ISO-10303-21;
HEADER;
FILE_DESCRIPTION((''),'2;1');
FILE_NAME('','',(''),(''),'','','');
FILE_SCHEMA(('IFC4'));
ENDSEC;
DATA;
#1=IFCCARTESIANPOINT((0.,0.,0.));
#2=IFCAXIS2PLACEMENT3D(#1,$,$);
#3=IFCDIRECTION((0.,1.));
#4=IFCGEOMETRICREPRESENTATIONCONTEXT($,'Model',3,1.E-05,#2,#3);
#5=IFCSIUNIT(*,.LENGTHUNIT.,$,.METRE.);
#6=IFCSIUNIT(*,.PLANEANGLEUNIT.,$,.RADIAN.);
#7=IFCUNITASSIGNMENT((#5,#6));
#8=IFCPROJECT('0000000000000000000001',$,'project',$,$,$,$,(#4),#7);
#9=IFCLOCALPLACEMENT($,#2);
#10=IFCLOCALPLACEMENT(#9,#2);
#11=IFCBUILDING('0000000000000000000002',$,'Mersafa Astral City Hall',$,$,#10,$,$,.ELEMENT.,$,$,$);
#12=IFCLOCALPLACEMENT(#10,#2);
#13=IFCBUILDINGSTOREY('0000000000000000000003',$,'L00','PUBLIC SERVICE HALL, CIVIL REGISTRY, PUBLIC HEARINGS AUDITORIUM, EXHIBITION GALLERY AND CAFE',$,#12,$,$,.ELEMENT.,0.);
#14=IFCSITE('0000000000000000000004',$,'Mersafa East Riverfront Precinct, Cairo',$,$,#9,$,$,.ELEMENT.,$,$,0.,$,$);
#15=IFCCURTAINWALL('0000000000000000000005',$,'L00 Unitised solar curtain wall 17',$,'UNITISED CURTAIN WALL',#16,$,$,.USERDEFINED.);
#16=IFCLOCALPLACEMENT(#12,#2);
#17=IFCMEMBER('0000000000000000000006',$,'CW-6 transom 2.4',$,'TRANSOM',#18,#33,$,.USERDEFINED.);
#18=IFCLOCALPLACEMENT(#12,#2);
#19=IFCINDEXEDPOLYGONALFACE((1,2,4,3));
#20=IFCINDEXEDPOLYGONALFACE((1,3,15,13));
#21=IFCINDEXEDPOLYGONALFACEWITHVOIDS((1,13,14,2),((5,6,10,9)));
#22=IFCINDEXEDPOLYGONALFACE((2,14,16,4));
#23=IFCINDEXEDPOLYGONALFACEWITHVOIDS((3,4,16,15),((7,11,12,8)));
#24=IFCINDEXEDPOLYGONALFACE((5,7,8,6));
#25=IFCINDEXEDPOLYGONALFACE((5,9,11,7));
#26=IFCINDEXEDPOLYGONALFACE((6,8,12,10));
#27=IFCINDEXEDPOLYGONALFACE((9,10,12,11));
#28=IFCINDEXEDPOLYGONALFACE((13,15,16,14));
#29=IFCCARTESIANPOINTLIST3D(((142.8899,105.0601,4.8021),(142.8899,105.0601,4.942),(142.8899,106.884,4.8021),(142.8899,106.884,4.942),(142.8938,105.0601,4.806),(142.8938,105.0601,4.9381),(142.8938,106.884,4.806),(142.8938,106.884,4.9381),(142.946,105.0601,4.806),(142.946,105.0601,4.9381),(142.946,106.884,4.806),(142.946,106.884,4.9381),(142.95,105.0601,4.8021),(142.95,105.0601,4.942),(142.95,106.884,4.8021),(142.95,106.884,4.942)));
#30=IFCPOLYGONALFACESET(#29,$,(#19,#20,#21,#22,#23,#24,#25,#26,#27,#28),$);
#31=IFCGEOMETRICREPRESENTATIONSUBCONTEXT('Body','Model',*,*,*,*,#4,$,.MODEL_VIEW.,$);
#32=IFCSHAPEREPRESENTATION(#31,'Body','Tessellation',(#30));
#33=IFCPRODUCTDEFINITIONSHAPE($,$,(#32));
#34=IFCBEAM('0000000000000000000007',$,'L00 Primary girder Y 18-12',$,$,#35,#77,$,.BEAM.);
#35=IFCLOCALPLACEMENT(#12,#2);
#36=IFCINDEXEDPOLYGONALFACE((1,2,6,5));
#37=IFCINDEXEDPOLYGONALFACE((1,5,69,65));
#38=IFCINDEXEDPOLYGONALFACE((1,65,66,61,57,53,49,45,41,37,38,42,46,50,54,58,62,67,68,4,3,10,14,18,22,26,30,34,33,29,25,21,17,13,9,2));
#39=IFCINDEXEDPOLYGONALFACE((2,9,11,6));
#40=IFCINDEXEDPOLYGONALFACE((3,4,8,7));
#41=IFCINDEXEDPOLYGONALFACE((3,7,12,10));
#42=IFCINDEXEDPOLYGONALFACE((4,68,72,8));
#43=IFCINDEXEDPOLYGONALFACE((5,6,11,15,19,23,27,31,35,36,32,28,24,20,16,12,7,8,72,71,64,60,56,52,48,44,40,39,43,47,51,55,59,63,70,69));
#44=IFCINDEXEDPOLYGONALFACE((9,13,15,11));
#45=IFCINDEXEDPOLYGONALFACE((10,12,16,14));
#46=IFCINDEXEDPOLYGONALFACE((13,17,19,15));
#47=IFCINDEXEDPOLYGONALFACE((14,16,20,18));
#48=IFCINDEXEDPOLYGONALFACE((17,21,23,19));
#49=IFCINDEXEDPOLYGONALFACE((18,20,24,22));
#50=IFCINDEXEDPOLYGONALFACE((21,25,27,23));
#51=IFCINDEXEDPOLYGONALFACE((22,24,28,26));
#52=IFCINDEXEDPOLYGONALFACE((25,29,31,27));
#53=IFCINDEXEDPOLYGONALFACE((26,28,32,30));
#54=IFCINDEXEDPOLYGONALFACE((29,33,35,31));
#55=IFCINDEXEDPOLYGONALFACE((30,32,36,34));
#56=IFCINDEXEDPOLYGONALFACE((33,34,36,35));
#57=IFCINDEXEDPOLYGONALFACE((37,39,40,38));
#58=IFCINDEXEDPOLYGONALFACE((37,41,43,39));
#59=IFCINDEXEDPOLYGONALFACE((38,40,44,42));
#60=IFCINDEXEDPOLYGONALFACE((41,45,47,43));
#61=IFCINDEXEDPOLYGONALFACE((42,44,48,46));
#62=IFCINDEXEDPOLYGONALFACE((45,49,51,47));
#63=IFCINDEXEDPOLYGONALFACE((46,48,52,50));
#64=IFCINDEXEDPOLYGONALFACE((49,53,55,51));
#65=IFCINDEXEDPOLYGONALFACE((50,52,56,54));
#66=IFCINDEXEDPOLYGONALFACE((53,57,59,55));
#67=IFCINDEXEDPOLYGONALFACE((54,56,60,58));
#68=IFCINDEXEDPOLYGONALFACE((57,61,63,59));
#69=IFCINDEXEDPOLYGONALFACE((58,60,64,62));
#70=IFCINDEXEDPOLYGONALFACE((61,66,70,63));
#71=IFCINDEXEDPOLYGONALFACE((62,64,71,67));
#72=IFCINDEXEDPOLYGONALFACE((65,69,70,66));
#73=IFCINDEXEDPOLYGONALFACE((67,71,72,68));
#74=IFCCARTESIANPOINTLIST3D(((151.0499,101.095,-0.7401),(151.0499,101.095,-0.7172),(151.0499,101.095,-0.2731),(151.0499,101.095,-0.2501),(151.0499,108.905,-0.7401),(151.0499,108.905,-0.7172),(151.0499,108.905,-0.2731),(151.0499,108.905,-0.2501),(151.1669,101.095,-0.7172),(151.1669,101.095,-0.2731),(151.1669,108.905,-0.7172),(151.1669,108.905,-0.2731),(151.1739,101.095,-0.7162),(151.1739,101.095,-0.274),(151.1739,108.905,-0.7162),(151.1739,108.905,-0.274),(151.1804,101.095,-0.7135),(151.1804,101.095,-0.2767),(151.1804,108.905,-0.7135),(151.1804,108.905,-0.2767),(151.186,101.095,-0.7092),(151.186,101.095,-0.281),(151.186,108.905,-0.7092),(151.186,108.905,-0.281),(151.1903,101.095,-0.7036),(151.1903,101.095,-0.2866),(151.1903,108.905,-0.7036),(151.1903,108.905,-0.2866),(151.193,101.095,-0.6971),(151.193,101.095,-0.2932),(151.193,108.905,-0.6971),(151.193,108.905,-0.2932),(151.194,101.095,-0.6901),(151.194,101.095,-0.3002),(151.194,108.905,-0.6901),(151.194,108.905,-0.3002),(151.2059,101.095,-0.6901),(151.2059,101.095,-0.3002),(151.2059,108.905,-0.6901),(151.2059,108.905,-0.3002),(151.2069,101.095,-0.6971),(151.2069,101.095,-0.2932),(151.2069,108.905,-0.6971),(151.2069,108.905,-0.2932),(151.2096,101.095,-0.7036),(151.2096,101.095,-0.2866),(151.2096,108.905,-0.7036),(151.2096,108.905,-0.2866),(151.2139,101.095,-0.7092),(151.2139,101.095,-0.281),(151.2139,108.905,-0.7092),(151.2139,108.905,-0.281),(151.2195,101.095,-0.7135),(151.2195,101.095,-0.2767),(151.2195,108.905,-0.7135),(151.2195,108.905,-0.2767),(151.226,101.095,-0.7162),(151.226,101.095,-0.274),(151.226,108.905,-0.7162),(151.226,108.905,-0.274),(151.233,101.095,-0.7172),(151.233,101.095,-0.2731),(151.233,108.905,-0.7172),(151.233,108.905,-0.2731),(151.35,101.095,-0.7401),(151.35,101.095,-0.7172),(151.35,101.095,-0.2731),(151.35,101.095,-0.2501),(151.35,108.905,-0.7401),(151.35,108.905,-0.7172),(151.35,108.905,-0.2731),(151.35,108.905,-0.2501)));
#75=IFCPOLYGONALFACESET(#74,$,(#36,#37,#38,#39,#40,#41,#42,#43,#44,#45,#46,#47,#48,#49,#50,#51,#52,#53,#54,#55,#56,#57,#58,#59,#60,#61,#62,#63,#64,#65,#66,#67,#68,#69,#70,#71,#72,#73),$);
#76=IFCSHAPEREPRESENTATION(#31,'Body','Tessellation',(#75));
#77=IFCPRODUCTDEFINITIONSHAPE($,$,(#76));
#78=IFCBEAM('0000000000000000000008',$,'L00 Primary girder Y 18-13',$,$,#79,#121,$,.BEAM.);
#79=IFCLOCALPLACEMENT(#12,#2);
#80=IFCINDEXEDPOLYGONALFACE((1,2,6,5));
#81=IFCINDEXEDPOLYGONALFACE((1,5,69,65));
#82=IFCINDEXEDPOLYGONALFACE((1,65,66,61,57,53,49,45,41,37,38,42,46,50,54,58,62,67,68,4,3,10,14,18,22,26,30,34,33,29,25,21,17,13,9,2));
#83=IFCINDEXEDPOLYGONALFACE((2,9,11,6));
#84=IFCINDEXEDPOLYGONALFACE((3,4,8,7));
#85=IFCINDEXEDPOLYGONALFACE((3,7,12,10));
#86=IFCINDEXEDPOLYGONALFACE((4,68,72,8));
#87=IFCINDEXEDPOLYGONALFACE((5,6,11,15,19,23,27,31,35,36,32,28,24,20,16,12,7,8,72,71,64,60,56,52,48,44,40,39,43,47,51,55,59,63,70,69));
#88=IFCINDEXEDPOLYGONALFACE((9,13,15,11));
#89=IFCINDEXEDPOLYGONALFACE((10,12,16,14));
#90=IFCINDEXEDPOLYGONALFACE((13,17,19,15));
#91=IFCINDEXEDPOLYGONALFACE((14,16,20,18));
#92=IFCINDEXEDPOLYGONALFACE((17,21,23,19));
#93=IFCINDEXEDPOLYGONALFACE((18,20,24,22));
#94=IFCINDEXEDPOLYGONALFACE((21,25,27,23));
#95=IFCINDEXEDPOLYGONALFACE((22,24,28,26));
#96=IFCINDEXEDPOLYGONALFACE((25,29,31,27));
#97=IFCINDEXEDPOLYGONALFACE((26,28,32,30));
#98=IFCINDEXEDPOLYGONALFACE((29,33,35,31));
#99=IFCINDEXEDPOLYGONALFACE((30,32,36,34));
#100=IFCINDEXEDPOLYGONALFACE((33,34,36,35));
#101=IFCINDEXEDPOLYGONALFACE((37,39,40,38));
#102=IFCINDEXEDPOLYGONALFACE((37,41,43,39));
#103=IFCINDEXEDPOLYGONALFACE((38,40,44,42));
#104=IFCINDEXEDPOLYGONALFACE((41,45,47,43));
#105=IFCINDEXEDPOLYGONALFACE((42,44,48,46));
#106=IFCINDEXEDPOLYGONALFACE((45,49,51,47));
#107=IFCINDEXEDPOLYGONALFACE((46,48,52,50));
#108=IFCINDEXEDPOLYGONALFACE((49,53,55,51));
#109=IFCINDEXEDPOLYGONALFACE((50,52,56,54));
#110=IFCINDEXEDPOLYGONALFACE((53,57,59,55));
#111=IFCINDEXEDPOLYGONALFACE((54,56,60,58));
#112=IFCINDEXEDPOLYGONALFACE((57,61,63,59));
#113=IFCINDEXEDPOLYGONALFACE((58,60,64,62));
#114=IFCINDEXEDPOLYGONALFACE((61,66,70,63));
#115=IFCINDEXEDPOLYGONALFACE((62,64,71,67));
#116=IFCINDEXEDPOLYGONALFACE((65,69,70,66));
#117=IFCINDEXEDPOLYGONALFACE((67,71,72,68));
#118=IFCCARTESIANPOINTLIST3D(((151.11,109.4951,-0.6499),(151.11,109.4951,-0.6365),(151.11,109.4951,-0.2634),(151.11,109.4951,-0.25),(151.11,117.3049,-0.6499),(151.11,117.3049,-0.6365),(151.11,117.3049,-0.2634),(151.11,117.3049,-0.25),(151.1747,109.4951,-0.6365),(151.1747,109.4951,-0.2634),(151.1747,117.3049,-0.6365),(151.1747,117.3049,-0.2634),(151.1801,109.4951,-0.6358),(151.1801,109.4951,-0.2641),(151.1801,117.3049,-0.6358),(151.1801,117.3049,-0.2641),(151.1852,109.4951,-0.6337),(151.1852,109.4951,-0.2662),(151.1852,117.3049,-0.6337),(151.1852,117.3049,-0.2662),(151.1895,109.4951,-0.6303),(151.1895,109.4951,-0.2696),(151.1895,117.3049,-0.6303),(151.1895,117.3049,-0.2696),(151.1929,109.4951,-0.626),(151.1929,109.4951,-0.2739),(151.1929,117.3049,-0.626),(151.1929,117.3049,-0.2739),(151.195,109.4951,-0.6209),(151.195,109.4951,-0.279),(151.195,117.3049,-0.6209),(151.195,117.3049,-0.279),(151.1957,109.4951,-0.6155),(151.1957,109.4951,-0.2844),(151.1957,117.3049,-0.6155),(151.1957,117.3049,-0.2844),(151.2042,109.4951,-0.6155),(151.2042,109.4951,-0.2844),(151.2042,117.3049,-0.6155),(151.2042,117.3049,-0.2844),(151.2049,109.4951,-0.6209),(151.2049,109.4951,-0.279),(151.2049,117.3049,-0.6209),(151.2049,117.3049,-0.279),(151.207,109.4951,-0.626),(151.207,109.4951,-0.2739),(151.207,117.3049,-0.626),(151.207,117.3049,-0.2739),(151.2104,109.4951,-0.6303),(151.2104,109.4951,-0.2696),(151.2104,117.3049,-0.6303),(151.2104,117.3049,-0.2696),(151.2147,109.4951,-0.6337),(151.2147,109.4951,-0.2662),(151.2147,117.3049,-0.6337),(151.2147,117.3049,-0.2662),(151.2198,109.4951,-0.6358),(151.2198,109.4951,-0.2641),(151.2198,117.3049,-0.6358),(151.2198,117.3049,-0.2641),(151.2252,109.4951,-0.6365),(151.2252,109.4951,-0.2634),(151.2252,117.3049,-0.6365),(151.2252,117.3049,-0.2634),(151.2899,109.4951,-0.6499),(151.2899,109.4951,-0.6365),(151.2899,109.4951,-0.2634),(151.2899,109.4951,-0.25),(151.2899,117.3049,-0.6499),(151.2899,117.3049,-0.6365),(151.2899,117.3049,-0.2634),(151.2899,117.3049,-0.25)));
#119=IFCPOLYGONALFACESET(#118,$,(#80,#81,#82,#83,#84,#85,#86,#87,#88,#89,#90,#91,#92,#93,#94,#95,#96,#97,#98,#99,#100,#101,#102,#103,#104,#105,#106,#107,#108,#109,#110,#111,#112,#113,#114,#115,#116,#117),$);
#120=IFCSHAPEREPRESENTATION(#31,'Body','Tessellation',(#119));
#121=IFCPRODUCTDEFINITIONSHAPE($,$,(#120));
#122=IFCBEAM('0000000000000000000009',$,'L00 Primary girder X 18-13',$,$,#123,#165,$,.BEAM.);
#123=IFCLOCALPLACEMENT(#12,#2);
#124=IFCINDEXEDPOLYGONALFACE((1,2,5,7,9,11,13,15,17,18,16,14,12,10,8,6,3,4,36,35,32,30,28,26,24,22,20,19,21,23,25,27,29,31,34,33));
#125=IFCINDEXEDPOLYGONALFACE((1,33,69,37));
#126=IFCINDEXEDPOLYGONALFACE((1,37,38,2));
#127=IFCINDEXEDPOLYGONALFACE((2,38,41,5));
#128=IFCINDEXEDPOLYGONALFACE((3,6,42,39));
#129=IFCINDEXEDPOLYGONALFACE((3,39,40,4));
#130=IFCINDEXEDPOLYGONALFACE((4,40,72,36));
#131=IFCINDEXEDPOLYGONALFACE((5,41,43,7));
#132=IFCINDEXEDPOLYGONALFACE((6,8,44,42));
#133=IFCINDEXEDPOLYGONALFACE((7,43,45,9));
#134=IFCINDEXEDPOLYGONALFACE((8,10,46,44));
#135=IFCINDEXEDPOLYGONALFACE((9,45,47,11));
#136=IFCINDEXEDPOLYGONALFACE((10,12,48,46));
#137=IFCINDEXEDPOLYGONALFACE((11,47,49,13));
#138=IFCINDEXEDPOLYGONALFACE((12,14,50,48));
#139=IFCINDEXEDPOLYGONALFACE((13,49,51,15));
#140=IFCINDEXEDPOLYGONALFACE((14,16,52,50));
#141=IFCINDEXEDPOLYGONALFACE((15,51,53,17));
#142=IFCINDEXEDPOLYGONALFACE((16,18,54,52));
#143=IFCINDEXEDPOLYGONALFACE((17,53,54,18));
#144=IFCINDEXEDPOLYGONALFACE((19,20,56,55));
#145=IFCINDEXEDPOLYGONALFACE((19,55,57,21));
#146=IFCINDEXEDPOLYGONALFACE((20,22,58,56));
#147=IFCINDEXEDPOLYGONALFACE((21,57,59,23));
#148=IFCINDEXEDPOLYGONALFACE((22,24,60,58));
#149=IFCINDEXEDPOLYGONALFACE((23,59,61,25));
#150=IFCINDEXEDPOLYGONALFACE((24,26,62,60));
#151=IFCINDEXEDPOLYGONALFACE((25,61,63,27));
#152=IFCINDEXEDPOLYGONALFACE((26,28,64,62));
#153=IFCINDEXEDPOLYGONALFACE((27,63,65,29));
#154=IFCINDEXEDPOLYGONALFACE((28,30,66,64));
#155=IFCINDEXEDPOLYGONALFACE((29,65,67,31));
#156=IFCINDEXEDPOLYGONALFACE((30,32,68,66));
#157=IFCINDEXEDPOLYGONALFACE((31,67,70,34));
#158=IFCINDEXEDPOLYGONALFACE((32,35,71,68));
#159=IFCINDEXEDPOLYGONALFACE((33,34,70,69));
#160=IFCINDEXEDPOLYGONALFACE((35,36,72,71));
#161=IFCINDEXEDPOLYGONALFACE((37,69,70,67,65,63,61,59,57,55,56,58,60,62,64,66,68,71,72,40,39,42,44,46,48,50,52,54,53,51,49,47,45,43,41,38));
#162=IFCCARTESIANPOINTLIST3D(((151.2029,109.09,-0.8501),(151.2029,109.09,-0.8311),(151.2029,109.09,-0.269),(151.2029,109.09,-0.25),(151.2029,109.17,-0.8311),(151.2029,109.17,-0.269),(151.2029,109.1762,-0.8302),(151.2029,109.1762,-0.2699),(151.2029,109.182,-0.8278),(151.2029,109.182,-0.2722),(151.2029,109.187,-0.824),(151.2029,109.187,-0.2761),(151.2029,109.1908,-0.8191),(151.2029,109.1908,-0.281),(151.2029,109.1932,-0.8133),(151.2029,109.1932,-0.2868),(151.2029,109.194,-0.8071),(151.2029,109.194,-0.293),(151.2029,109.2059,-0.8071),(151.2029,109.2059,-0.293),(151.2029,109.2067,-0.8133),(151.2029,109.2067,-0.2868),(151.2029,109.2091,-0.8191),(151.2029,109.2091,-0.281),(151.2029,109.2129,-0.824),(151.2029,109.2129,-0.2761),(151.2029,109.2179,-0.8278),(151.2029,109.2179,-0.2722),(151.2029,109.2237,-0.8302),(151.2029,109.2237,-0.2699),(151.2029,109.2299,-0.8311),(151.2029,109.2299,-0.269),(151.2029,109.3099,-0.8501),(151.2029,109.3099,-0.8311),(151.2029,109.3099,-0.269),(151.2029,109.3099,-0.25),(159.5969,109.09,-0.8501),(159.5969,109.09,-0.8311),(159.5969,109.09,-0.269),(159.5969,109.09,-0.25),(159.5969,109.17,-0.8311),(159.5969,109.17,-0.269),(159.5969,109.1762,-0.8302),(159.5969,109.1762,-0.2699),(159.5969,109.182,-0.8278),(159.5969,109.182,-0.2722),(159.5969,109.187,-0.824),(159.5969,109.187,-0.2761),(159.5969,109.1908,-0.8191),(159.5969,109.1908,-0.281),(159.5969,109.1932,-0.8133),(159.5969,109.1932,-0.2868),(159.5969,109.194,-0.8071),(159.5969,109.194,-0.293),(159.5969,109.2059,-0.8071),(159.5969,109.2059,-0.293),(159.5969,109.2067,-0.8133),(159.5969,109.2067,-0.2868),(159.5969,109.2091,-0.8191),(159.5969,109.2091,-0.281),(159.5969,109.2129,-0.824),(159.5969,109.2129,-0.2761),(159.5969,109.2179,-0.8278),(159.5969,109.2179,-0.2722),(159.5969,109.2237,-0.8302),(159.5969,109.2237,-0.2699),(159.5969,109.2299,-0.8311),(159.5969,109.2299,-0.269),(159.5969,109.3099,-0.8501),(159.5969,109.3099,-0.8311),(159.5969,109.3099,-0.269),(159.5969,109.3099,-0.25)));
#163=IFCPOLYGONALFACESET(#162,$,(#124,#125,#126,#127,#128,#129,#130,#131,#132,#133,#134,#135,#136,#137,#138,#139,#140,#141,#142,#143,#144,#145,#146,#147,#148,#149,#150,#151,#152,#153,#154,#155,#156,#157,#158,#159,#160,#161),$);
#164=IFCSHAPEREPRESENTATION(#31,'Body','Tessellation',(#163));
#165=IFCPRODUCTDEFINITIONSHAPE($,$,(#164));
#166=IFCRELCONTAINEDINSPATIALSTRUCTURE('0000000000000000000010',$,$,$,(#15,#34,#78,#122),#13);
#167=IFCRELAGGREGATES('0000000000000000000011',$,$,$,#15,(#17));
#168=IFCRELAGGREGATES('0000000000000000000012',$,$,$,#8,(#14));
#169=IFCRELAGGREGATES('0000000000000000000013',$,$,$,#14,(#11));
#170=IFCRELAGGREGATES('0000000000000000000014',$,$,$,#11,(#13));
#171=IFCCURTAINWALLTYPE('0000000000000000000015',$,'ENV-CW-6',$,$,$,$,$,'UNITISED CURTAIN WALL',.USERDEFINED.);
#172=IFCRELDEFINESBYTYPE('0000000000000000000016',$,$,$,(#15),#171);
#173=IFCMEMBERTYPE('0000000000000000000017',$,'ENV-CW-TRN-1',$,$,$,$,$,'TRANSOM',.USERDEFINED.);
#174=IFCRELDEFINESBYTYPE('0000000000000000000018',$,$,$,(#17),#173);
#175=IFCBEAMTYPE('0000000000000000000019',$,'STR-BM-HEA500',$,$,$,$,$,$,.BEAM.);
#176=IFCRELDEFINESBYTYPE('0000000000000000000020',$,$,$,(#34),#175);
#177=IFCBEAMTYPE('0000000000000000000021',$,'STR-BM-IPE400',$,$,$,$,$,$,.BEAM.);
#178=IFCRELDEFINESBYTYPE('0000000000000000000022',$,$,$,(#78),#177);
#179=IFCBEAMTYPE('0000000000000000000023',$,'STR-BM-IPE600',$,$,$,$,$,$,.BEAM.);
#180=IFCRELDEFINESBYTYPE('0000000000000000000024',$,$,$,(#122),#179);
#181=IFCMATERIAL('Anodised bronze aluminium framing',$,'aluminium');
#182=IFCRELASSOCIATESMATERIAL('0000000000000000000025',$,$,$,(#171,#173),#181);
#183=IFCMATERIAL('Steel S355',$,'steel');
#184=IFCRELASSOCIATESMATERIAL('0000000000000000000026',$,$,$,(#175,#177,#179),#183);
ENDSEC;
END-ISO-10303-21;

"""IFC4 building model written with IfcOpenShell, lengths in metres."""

from ifc_helpers import new_model, si_unit, direction, frame, origin, origin_2d, place, context, subcontext, project, spatial, hollow_rectangle, i_section, extrude, material, material_profile, profile_set, type_object, element, aggregate, save


model = new_model("IFC4")

# Units and contexts
model_context = context("Model", 3, precision=1e-05, world=origin(), true_north=direction((0.0, 1.0)))
body_context = subcontext(model_context, "Body", "Model", "MODEL_VIEW")
ifc_project = project(units=[si_unit("LENGTHUNIT", "METRE"), si_unit("PLANEANGLEUNIT", "RADIAN")], contexts=[model_context])

# Site, building, storey
site_placement = place(None, origin())
site = spatial("IfcSite", under=ifc_project, at=site_placement, Name="Mersafa East Riverfront Precinct, Cairo", CompositionType="ELEMENT", RefElevation=0.0)
building_placement = place(site_placement, origin())
building = spatial("IfcBuilding", under=site, at=building_placement, Name="Mersafa Astral City Hall", CompositionType="ELEMENT")
storey_placement = place(building_placement, origin())
storey = spatial("IfcBuildingStorey", under=building, at=storey_placement, Name="L00", Description="PUBLIC SERVICE HALL, CIVIL REGISTRY, PUBLIC HEARINGS AUDITORIUM, EXHIBITION GALLERY AND CAFE", CompositionType="ELEMENT", Elevation=0.0)

# Shared definitions
ifc_material_1 = material(Name="Steel S355", Category="steel")

# Shared definitions
ifc_material_2 = material(Name="Anodised bronze aluminium framing", Category="aluminium")

# Curtain wall, member
curtain_wall_type_1 = type_object("IfcCurtainWallType", Name="ENV-CW-6", ElementType="UNITISED CURTAIN WALL", PredefinedType="USERDEFINED", material=ifc_material_2)
curtain_wall_1_placement = place(storey_placement, origin())
curtain_wall_1 = element("IfcCurtainWall", 1, at=curtain_wall_1_placement, inside=storey, type_object=curtain_wall_type_1, Name="L00 Unitised solar curtain wall 17", ObjectType="UNITISED CURTAIN WALL", PredefinedType="USERDEFINED")
ifc_material_profile_1 = material_profile(ifc_material_2, hollow_rectangle(XDim=0.0601, YDim=0.1399, WallThickness=0.0039, at=origin_2d()), Name="RHS 60x140x4")
ifc_profile_set_1 = profile_set([ifc_material_profile_1], Name="Anodised bronze aluminium framing")
member_type_1 = type_object("IfcMemberType", Name="ENV-CW-TRN-1", ElementType="TRANSOM", PredefinedType="USERDEFINED", material=ifc_profile_set_1)
member_1_placement = place(storey_placement, frame((142.9199, 106.884, 4.8721), z_axis=(0.0, -1.0, 0.0), x_axis=(1.0, 0.0, 0.0)))
member_1 = element("IfcMember", 2, at=member_1_placement, type_object=member_type_1, Name="CW-6 transom 2.4", ObjectType="TRANSOM", PredefinedType="USERDEFINED", context=body_context, shape_type="SweptSolid", body=[
    extrude(hollow_rectangle(XDim=0.0601, YDim=0.1399, WallThickness=0.0039, at=origin_2d()), origin(), (0.0, 0.0, 1.0), 1.824),
])

# Beams
ifc_material_profile_2 = material_profile(ifc_material_1, i_section(OverallWidth=0.3, OverallDepth=0.49, WebThickness=0.012, FlangeThickness=0.0229, FilletRadius=0.0271, at=origin_2d()), Name="HEA 500")
ifc_profile_set_2 = profile_set([ifc_material_profile_2], Name="Steel S355")
beam_type_1 = type_object("IfcBeamType", Name="STR-BM-HEA500", PredefinedType="BEAM", material=ifc_profile_set_2)
beam_1_placement = place(storey_placement, frame((151.2, 101.095, -0.4951), z_axis=(0.0, 1.0, 0.0), x_axis=(-1.0, 0.0, 0.0)))
element("IfcBeam", 3, at=beam_1_placement, inside=storey, type_object=beam_type_1, Name="L00 Primary girder Y 18-12", PredefinedType="BEAM", context=body_context, shape_type="SweptSolid", body=[
    extrude(i_section(OverallWidth=0.3, OverallDepth=0.49, WebThickness=0.012, FlangeThickness=0.0229, FilletRadius=0.0271, at=origin_2d()), origin(), (0.0, 0.0, 1.0), 7.8101),
])
ifc_material_profile_3 = material_profile(ifc_material_1, i_section(OverallWidth=0.1799, OverallDepth=0.3999, WebThickness=0.0085, FlangeThickness=0.0134, FilletRadius=0.021, at=origin_2d()), Name="IPE 400")
ifc_profile_set_3 = profile_set([ifc_material_profile_3], Name="Steel S355")
beam_type_2 = type_object("IfcBeamType", Name="STR-BM-IPE400", PredefinedType="BEAM", material=ifc_profile_set_3)
beam_2_placement = place(storey_placement, frame((151.2, 109.4951, -0.45), z_axis=(0.0, 1.0, 0.0), x_axis=(-1.0, 0.0, 0.0)))
element("IfcBeam", 4, at=beam_2_placement, inside=storey, type_object=beam_type_2, Name="L00 Primary girder Y 18-13", PredefinedType="BEAM", context=body_context, shape_type="SweptSolid", body=[
    extrude(i_section(OverallWidth=0.1799, OverallDepth=0.3999, WebThickness=0.0085, FlangeThickness=0.0134, FilletRadius=0.021, at=origin_2d()), origin(), (0.0, 0.0, 1.0), 7.8098),
])
ifc_material_profile_4 = material_profile(ifc_material_1, i_section(OverallWidth=0.22, OverallDepth=0.6001, WebThickness=0.012, FlangeThickness=0.019, FilletRadius=0.0239, at=origin_2d()), Name="IPE 600")
ifc_profile_set_4 = profile_set([ifc_material_profile_4], Name="Steel S355")
beam_type_3 = type_object("IfcBeamType", Name="STR-BM-IPE600", PredefinedType="BEAM", material=ifc_profile_set_4)
beam_3_placement = place(storey_placement, frame((151.2029, 109.2, -0.55), z_axis=(1.0, 0.0, 0.0), x_axis=(0.0, 1.0, 0.0)))
element("IfcBeam", 5, at=beam_3_placement, inside=storey, type_object=beam_type_3, Name="L00 Primary girder X 18-13", PredefinedType="BEAM", context=body_context, shape_type="SweptSolid", body=[
    extrude(i_section(OverallWidth=0.22, OverallDepth=0.6001, WebThickness=0.012, FlangeThickness=0.019, FilletRadius=0.0239, at=origin_2d()), origin(), (0.0, 0.0, 1.0), 8.394),
])

aggregate(curtain_wall_1, [member_1])

save(model, "model.ifc")
